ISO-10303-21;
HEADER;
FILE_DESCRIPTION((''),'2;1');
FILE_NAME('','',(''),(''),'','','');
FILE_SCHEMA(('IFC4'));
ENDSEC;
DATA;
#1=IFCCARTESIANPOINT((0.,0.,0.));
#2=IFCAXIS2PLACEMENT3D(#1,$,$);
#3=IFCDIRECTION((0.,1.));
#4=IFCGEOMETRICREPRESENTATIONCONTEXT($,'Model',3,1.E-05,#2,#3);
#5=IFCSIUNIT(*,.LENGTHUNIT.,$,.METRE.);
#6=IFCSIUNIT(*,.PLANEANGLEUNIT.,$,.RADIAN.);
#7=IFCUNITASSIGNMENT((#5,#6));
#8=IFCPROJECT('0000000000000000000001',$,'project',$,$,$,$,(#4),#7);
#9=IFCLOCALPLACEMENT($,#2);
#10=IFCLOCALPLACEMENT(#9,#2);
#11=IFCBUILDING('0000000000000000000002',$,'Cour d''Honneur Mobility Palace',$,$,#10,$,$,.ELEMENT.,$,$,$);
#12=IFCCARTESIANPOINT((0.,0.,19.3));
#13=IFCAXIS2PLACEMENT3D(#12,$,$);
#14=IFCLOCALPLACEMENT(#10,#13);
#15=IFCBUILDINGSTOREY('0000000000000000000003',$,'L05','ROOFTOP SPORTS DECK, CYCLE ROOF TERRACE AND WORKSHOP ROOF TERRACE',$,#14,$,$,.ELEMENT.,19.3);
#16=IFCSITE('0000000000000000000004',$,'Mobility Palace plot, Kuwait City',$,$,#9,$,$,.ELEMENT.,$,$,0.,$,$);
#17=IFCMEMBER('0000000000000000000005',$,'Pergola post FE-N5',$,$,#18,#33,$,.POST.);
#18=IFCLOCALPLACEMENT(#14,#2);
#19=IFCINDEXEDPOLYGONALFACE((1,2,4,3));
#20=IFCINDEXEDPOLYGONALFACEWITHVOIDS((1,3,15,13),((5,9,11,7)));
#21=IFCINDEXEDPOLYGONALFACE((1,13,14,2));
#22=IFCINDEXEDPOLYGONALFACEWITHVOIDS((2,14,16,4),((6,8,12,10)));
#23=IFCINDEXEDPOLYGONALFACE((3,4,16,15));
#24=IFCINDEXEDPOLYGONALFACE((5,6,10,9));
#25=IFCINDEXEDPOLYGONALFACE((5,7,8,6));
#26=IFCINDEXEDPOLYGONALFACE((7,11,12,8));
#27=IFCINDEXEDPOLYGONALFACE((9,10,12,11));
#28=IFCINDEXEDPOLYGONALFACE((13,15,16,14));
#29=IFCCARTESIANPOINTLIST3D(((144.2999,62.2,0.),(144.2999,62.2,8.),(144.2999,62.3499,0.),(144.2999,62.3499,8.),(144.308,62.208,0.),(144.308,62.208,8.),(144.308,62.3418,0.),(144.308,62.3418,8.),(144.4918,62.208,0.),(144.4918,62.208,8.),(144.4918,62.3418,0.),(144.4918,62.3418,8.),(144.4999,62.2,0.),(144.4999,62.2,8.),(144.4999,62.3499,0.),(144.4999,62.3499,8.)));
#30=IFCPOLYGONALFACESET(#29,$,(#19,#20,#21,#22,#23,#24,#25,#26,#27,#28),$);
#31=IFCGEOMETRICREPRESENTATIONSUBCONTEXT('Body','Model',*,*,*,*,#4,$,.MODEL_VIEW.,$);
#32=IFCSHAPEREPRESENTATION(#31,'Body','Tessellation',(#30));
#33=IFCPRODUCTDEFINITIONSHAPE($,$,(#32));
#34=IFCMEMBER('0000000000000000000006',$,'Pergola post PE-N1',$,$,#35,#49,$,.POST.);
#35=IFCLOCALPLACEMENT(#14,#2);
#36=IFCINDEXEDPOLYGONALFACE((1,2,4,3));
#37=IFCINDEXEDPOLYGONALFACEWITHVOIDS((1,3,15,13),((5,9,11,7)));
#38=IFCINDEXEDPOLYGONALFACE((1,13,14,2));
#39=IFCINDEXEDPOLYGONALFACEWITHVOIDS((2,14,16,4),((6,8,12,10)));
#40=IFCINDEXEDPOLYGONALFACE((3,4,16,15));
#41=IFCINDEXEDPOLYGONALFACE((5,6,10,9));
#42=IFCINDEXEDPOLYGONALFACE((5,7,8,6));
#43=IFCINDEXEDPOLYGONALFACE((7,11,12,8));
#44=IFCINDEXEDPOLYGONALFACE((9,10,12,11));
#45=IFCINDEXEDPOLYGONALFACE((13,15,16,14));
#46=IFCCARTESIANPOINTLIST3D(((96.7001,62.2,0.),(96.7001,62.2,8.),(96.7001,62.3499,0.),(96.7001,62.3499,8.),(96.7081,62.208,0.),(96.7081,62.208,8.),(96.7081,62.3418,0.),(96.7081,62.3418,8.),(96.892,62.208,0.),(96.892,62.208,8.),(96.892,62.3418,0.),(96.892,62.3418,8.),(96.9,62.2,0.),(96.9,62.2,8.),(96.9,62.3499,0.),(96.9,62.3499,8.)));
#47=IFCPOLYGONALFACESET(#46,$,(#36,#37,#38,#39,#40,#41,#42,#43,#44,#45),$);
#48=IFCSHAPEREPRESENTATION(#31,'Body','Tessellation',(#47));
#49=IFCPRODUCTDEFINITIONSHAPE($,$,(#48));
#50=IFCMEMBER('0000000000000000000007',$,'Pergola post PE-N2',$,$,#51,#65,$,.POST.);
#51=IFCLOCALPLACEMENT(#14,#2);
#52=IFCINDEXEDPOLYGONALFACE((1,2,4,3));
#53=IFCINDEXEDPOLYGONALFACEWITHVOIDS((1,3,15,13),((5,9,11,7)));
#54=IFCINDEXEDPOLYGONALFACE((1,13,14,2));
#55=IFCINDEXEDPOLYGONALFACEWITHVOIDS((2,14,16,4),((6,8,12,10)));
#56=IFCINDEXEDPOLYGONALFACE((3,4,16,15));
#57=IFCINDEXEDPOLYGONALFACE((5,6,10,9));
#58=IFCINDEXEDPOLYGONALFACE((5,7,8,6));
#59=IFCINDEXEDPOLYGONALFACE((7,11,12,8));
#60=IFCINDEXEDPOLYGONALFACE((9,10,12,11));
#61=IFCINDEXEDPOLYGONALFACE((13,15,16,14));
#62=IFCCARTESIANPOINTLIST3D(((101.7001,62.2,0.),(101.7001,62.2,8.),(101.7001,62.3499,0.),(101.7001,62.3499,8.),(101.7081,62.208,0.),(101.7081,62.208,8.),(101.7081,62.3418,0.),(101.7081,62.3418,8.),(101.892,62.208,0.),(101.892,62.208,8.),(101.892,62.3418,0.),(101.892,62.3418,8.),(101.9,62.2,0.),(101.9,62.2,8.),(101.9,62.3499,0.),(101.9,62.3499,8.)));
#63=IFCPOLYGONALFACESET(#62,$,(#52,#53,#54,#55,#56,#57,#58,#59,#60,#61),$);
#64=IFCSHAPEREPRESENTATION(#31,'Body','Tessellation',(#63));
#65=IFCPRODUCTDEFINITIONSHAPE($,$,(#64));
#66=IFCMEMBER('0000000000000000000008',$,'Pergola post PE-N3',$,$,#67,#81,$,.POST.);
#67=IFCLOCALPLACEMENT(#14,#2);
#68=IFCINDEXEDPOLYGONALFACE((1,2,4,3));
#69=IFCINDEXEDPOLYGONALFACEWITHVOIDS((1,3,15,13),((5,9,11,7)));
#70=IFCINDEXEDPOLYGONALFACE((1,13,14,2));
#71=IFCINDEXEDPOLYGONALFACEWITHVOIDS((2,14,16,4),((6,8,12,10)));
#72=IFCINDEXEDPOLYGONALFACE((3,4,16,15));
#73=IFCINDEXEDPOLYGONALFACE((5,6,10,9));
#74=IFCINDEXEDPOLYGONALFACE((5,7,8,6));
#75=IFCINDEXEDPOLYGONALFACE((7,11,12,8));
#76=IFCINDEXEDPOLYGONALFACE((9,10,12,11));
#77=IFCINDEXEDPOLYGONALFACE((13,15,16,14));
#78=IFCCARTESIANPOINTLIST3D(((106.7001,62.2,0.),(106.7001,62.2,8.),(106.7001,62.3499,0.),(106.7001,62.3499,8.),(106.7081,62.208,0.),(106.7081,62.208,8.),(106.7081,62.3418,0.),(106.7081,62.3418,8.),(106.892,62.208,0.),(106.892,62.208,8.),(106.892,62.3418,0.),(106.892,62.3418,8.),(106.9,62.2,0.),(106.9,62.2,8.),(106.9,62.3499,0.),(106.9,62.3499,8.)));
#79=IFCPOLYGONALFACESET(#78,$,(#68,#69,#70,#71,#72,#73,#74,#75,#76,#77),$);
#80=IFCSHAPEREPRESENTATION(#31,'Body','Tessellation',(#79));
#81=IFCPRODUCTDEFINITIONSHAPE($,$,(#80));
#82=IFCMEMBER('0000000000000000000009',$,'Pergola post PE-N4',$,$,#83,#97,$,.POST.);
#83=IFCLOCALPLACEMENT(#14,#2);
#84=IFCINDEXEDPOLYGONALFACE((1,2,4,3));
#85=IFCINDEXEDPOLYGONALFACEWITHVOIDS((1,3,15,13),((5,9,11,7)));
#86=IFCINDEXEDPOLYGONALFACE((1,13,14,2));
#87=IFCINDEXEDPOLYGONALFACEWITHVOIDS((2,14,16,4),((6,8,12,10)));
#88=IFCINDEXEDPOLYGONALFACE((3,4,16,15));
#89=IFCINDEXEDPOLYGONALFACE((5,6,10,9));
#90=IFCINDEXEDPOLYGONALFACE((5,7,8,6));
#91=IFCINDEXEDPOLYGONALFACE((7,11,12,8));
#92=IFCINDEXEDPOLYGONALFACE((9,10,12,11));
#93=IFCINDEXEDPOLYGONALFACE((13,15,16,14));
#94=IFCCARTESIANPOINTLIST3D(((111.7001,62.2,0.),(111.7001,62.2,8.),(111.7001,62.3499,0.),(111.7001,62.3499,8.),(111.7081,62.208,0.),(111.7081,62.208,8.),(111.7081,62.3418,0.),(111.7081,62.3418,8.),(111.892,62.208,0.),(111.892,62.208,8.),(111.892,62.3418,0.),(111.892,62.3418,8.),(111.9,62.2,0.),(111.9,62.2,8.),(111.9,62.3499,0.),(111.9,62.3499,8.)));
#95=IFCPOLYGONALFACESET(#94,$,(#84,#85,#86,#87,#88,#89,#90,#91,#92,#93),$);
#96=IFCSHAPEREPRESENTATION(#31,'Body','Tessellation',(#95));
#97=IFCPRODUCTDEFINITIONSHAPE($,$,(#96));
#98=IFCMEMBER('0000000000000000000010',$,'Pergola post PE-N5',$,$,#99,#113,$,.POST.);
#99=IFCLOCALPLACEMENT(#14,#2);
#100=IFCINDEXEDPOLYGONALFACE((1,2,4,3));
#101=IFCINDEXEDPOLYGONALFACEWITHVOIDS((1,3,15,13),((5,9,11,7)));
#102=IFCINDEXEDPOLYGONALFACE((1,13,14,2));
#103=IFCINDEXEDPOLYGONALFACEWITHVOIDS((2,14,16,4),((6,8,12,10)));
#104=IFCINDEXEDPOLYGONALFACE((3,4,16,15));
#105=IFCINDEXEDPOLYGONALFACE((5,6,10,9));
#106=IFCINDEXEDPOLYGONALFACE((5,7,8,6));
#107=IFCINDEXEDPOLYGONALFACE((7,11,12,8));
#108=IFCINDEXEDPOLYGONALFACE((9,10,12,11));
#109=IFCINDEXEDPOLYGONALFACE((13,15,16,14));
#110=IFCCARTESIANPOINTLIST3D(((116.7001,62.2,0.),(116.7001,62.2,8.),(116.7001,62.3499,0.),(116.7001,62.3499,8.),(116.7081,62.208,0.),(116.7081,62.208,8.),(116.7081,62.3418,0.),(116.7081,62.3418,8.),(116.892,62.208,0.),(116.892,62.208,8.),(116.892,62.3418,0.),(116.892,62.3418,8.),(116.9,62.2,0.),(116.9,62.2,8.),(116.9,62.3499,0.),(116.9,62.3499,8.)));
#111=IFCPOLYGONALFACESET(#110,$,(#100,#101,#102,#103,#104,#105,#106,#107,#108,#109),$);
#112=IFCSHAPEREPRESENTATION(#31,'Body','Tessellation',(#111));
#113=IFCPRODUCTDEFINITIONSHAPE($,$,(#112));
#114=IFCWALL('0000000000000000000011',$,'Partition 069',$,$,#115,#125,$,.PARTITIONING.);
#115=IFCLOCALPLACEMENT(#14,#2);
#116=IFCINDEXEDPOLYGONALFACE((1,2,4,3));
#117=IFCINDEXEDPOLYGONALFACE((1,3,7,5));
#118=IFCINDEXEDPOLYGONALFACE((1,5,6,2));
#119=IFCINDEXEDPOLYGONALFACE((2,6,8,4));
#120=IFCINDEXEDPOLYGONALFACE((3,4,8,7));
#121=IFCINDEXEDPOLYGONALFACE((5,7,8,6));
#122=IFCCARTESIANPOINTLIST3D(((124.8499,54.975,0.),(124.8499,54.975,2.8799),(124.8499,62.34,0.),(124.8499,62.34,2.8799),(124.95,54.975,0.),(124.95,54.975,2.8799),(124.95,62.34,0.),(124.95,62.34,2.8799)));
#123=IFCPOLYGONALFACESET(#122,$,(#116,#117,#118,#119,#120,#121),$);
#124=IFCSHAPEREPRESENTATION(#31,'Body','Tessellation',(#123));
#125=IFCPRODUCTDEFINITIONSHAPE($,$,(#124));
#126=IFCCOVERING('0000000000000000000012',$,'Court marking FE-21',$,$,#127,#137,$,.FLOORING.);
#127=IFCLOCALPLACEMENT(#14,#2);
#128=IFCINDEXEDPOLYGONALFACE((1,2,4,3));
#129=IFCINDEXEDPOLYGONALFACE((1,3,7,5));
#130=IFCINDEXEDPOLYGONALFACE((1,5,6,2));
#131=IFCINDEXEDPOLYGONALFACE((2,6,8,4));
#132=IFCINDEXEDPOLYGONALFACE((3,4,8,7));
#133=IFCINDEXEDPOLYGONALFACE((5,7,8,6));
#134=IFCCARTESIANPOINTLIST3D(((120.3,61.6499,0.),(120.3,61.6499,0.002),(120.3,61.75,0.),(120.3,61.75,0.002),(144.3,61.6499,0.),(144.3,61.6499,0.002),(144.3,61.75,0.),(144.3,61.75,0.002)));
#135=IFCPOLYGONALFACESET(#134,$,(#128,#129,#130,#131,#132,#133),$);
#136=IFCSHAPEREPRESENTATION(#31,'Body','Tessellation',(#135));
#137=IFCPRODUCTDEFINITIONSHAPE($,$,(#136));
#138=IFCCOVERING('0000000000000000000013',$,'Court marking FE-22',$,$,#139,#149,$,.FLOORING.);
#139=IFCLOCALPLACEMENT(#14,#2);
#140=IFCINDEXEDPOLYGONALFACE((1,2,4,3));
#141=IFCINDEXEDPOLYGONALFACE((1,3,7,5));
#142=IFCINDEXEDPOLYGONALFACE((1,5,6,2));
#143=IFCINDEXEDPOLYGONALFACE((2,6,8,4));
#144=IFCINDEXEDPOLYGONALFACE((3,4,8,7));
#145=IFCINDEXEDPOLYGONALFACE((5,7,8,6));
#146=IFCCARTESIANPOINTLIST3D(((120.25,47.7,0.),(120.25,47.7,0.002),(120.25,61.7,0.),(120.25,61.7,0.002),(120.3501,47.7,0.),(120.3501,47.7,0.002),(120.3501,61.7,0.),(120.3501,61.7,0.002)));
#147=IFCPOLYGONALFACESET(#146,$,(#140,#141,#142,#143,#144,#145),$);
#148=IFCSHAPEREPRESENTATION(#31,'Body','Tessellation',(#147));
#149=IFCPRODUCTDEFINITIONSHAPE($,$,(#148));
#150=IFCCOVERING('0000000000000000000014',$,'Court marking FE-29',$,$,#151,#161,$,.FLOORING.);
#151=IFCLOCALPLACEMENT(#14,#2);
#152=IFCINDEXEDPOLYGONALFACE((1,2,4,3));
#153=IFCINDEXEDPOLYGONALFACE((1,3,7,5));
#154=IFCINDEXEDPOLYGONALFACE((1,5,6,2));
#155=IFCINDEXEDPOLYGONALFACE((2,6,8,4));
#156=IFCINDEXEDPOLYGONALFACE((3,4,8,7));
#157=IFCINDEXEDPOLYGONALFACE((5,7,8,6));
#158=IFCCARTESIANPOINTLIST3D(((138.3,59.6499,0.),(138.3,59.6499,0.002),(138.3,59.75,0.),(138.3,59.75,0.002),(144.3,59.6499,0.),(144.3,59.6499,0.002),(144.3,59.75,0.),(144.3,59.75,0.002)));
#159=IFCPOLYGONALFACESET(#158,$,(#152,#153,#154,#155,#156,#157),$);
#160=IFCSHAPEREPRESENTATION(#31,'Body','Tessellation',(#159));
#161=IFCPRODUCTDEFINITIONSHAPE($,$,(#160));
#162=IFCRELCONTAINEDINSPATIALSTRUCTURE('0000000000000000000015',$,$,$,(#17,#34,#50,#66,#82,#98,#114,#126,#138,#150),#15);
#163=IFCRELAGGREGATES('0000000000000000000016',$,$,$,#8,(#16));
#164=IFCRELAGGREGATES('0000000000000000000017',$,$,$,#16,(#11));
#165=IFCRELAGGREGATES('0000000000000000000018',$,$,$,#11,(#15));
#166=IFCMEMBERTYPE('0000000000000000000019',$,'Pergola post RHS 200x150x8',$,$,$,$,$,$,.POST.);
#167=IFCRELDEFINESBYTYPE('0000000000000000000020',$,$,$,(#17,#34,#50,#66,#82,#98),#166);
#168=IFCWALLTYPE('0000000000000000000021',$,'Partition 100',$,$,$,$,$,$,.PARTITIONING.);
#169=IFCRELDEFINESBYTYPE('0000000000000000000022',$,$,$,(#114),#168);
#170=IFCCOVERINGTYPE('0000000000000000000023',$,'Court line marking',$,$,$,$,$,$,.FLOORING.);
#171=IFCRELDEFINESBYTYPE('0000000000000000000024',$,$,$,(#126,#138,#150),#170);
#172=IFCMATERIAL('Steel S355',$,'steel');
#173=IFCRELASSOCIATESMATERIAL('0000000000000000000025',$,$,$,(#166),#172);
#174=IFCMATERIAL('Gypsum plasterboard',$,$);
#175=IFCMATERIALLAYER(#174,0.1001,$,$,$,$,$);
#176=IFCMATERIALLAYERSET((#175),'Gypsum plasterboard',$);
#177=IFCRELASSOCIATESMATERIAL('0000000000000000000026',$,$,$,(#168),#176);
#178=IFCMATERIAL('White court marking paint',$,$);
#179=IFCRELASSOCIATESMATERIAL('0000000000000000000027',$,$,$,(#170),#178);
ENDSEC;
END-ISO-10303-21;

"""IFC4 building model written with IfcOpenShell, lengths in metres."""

from ifc_helpers import new_model, si_unit, direction, frame, frame_2d, origin, origin_2d, place, context, subcontext, project, spatial, rectangle, hollow_rectangle, extrude, material, layer, layer_set, material_profile, profile_set, type_object, element, save


model = new_model("IFC4")

# Units and contexts
model_context = context("Model", 3, precision=1e-05, world=origin(), true_north=direction((0.0, 1.0)))
body_context = subcontext(model_context, "Body", "Model", "MODEL_VIEW")
ifc_project = project(units=[si_unit("LENGTHUNIT", "METRE"), si_unit("PLANEANGLEUNIT", "RADIAN")], contexts=[model_context])

# Site, building, storey
site_placement = place(None, origin())
site = spatial("IfcSite", under=ifc_project, at=site_placement, Name="Mobility Palace plot, Kuwait City", CompositionType="ELEMENT", RefElevation=0.0)
building_placement = place(site_placement, origin())
building = spatial("IfcBuilding", under=site, at=building_placement, Name="Cour d'Honneur Mobility Palace", CompositionType="ELEMENT")
storey_placement = place(building_placement, frame((0.0, 0.0, 19.3)))
storey = spatial("IfcBuildingStorey", under=building, at=storey_placement, Name="L05", Description="ROOFTOP SPORTS DECK, CYCLE ROOF TERRACE AND WORKSHOP ROOF TERRACE", CompositionType="ELEMENT", Elevation=19.3)

# Members
ifc_material_1 = material(Name="Steel S355", Category="steel")
ifc_material_profile_1 = material_profile(ifc_material_1, hollow_rectangle(XDim=0.1499, YDim=0.2, WallThickness=0.0081, at=origin_2d()), Name="RHS 200x150x8")
ifc_profile_set_1 = profile_set([ifc_material_profile_1], Name="Steel S355")
member_type = type_object("IfcMemberType", Name="Pergola post RHS 200x150x8", PredefinedType="POST", material=ifc_profile_set_1)
for number, where, z_axis, x_axis, name in (
    (1, (144.3999, 62.2749, 0.0), (0.0, 0.0, 1.0), (0.0, 1.0, 0.0), "Pergola post FE-N5"),
    (2, (96.8, 62.2749, 0.0), (0.0, 0.0, 1.0), (0.0, 1.0, 0.0), "Pergola post PE-N1"),
    (3, (101.8, 62.2749, 0.0), (0.0, 0.0, 1.0), (0.0, 1.0, 0.0), "Pergola post PE-N2"),
    (4, (106.8, 62.2749, 0.0), (0.0, 0.0, 1.0), (0.0, 1.0, 0.0), "Pergola post PE-N3"),
    (5, (111.8, 62.2749, 0.0), (0.0, 0.0, 1.0), (0.0, 1.0, 0.0), "Pergola post PE-N4"),
    (6, (116.8, 62.2749, 0.0), (0.0, 0.0, 1.0), (0.0, 1.0, 0.0), "Pergola post PE-N5"),
):
    element("IfcMember", number, at=place(storey_placement, frame(where, z_axis=z_axis, x_axis=x_axis)), inside=storey, type_object=member_type, Name=name, PredefinedType="POST", context=body_context, shape_type="SweptSolid", body=[
        extrude(hollow_rectangle(XDim=0.1499, YDim=0.2, WallThickness=0.0081, at=origin_2d()), origin(), (0.0, 0.0, 1.0), 8.0),
    ])

# Wall
ifc_material_2 = material(Name="Gypsum plasterboard")
ifc_layer = layer(ifc_material_2, 0.1001)
ifc_layer_set = layer_set([ifc_layer], Name="Gypsum plasterboard")
wall_type = type_object("IfcWallType", Name="Partition 100", PredefinedType="PARTITIONING", material=ifc_layer_set)
wall_placement = place(storey_placement, frame((124.8999, 62.3401, 0.0), z_axis=(0.0, 0.0, 1.0), x_axis=(0.0, -1.0, 0.0)))
element("IfcWall", 7, at=wall_placement, inside=storey, type_object=wall_type, Name="Partition 069", PredefinedType="PARTITIONING", context=body_context, shape_type="SweptSolid", body=[
    extrude(rectangle(XDim=7.365, YDim=0.1001, at=frame_2d((3.6826, 0.0))), origin(), (0.0, 0.0, 1.0), 2.8799),
])

# Coverings
ifc_material_3 = material(Name="White court marking paint")
ifc_material_profile_2 = material_profile(ifc_material_3, rectangle(XDim=0.1001, YDim=0.002, at=origin_2d()), Name="Court line marking")
ifc_profile_set_2 = profile_set([ifc_material_profile_2], Name="White court marking paint")
covering_type = type_object("IfcCoveringType", Name="Court line marking", PredefinedType="FLOORING", material=ifc_profile_set_2)
covering_1_placement = place(storey_placement, frame((144.3, 61.7, 0.001), z_axis=(-1.0, 0.0, 0.0), x_axis=(0.0, -1.0, 0.0)))
element("IfcCovering", 8, at=covering_1_placement, inside=storey, type_object=covering_type, Name="Court marking FE-21", PredefinedType="FLOORING", context=body_context, shape_type="SweptSolid", body=[
    extrude(rectangle(XDim=0.1001, YDim=0.002, at=origin_2d()), origin(), (0.0, 0.0, 1.0), 24.0),
])
covering_2_placement = place(storey_placement, frame((120.3, 61.7, 0.001), z_axis=(0.0, -1.0, 0.0), x_axis=(1.0, 0.0, 0.0)))
element("IfcCovering", 9, at=covering_2_placement, inside=storey, type_object=covering_type, Name="Court marking FE-22", PredefinedType="FLOORING", context=body_context, shape_type="SweptSolid", body=[
    extrude(rectangle(XDim=0.1001, YDim=0.002, at=origin_2d()), origin(), (0.0, 0.0, 1.0), 14.0),
])
covering_3_placement = place(storey_placement, frame((144.3, 59.7, 0.001), z_axis=(-1.0, 0.0, 0.0), x_axis=(0.0, -1.0, 0.0)))
element("IfcCovering", 10, at=covering_3_placement, inside=storey, type_object=covering_type, Name="Court marking FE-29", PredefinedType="FLOORING", context=body_context, shape_type="SweptSolid", body=[
    extrude(rectangle(XDim=0.1001, YDim=0.002, at=origin_2d()), origin(), (0.0, 0.0, 1.0), 6.0),
])

save(model, "model.ifc")
